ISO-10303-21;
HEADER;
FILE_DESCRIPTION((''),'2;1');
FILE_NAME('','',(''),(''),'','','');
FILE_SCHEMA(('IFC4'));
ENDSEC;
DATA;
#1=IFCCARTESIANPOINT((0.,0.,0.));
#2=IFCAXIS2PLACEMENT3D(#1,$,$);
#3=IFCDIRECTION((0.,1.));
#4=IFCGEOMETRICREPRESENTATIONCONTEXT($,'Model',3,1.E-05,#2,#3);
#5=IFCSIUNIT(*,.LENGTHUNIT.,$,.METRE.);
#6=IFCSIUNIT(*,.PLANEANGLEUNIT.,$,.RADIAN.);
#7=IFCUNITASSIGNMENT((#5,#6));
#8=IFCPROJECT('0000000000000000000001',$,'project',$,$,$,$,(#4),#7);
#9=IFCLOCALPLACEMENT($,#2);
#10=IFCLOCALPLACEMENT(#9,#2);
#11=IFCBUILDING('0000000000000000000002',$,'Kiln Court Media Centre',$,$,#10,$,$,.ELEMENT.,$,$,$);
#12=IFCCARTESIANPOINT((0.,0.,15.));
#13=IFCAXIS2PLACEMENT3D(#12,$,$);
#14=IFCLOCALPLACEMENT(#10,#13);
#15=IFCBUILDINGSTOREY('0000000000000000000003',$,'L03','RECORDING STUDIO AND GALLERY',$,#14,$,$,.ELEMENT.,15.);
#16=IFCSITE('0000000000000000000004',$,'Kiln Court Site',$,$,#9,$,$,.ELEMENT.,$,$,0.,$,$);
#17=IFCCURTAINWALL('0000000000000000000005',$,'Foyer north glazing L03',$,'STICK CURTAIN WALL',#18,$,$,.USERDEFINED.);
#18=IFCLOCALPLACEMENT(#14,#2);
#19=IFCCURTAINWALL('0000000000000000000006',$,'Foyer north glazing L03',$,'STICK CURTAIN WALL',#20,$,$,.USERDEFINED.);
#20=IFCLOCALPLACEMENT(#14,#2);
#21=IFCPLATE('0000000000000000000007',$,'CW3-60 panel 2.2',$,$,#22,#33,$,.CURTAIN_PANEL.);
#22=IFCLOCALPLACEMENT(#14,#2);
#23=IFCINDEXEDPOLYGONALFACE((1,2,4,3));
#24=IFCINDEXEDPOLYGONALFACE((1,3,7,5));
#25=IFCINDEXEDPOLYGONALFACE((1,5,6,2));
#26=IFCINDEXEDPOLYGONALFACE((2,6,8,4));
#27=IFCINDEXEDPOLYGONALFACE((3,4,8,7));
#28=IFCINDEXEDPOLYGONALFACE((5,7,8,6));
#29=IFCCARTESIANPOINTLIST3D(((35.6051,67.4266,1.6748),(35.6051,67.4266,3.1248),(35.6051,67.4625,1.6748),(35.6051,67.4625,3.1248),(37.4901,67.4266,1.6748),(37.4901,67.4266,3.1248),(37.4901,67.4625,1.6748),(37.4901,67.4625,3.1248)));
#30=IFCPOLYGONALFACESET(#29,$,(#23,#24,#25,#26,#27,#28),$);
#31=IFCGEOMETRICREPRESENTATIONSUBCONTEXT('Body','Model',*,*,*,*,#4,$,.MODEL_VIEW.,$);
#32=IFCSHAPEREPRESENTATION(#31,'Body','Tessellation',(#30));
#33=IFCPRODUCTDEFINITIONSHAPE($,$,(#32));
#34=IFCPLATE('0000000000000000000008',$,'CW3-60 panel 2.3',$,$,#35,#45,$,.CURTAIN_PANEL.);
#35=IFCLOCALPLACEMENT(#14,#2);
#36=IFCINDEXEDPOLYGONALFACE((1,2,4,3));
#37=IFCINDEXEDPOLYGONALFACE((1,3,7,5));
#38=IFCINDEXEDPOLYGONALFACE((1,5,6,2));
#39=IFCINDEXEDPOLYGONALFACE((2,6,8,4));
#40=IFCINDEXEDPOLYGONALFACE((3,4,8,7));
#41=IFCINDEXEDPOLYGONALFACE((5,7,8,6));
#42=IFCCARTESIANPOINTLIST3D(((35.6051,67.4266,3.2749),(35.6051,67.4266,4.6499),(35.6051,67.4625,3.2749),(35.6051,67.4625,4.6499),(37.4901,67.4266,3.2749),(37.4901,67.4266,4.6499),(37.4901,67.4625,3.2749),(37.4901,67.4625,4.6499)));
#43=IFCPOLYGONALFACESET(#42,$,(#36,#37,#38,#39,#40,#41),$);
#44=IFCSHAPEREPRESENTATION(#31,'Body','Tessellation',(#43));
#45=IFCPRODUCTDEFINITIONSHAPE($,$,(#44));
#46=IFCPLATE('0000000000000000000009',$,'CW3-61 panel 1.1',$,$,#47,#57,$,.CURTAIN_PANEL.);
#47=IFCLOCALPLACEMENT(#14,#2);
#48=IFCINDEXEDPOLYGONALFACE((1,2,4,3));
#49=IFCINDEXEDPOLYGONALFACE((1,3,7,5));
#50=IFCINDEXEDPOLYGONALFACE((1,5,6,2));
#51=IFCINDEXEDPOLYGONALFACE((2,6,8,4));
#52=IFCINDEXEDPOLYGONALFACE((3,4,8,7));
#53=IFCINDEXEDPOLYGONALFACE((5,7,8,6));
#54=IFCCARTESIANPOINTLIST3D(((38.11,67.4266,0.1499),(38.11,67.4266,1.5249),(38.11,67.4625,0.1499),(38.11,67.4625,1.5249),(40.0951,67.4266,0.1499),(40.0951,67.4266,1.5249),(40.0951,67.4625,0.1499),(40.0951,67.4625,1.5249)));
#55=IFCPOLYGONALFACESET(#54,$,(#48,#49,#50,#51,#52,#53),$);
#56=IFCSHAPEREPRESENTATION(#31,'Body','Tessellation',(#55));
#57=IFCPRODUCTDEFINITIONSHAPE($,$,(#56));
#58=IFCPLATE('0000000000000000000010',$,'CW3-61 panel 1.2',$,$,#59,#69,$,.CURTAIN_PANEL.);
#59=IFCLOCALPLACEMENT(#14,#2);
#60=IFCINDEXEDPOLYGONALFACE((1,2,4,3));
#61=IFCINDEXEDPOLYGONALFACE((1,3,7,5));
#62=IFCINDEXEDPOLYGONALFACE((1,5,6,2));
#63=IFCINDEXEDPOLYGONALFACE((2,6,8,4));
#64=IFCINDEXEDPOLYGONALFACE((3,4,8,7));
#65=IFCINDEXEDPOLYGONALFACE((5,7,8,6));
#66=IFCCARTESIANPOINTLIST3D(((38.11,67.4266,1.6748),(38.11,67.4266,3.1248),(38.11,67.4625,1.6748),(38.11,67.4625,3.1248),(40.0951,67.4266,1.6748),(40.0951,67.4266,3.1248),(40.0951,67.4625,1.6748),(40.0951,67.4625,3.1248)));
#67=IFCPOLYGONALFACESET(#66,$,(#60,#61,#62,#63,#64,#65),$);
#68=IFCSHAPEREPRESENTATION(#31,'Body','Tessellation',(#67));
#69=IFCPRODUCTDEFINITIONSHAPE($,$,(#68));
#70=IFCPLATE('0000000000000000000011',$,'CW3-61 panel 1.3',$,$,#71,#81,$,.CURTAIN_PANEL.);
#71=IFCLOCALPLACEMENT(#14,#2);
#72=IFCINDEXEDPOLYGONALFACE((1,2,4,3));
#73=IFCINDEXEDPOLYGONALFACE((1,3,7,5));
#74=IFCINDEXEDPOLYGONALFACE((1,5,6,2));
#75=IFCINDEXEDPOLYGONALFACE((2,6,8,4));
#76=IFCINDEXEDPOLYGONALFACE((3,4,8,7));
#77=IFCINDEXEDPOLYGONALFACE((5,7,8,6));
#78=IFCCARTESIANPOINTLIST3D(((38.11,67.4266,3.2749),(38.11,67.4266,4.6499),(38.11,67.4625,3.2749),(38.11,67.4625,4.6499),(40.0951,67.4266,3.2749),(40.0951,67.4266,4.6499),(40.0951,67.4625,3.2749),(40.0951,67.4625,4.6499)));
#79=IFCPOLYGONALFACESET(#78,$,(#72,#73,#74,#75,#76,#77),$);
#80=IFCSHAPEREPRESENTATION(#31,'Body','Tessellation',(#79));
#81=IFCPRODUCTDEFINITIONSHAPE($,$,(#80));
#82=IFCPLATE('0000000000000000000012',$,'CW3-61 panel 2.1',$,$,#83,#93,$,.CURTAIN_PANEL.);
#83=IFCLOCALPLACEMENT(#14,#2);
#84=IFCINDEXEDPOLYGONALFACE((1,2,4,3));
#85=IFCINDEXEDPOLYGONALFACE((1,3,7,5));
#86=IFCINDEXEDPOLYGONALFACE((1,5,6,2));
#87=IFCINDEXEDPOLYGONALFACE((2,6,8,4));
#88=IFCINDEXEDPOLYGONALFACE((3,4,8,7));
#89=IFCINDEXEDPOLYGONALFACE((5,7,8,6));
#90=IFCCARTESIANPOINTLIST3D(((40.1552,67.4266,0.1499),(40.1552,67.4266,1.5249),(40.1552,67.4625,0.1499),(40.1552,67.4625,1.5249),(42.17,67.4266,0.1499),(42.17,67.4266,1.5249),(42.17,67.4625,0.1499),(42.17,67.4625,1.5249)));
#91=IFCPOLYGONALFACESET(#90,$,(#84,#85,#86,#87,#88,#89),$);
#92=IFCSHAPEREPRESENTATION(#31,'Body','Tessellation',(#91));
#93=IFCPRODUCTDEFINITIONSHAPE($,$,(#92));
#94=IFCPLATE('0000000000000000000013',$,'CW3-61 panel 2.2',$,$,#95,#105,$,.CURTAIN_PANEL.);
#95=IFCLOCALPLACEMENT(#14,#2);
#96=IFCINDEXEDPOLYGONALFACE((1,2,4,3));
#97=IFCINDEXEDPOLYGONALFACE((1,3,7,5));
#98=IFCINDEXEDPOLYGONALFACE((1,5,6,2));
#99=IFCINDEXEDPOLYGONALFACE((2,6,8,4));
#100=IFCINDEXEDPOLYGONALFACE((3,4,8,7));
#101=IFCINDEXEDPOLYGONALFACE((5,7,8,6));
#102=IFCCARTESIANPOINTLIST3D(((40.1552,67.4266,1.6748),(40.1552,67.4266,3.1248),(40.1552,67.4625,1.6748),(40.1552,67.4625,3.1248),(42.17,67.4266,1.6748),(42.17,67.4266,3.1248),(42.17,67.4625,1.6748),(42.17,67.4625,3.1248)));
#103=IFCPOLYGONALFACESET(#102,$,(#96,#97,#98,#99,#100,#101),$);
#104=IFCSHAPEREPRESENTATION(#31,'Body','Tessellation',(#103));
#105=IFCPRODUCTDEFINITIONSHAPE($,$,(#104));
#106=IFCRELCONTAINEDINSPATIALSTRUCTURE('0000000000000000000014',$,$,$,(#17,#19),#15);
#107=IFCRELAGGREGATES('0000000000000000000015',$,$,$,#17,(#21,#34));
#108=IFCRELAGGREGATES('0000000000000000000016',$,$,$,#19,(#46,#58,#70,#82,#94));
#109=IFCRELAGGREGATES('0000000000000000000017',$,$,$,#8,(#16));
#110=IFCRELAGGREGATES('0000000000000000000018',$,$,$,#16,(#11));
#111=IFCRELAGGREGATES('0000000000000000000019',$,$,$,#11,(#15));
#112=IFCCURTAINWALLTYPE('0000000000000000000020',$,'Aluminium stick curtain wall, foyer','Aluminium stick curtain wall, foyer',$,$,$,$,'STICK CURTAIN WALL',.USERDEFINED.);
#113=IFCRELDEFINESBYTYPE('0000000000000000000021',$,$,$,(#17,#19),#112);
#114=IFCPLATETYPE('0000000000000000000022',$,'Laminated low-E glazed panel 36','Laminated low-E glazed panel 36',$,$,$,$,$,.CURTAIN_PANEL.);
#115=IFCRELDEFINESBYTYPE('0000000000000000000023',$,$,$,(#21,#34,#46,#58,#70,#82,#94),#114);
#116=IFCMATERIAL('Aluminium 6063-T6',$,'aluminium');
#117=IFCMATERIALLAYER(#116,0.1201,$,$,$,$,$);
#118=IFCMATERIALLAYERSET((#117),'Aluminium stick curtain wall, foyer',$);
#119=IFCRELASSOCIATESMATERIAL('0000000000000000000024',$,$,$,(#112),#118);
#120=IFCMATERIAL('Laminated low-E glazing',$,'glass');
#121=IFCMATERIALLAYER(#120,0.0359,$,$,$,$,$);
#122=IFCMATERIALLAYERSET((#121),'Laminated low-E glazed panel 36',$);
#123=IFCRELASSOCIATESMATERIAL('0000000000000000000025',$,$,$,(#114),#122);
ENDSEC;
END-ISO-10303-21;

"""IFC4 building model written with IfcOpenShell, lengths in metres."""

from ifc_helpers import new_model, si_unit, direction, frame, origin, origin_2d, place, context, subcontext, project, spatial, rectangle, extrude, material, layer, layer_set, type_object, element, aggregate, save


model = new_model("IFC4")

# Units and contexts
model_context = context("Model", 3, precision=1e-05, world=origin(), true_north=direction((0.0, 1.0)))
body_context = subcontext(model_context, "Body", "Model", "MODEL_VIEW")
ifc_project = project(units=[si_unit("LENGTHUNIT", "METRE"), si_unit("PLANEANGLEUNIT", "RADIAN")], contexts=[model_context])

# Site, building, storey
site_placement = place(None, origin())
site = spatial("IfcSite", under=ifc_project, at=site_placement, Name="Kiln Court Site", CompositionType="ELEMENT", RefElevation=0.0)
building_placement = place(site_placement, origin())
building = spatial("IfcBuilding", under=site, at=building_placement, Name="Kiln Court Media Centre", CompositionType="ELEMENT")
storey_placement = place(building_placement, frame((0.0, 0.0, 15.0)))
storey = spatial("IfcBuildingStorey", under=building, at=storey_placement, Name="L03", Description="RECORDING STUDIO AND GALLERY", CompositionType="ELEMENT", Elevation=15.0)

# Curtain wall
ifc_material_1 = material(Name="Aluminium 6063-T6", Category="aluminium")
ifc_layer_1 = layer(ifc_material_1, 0.1201)
ifc_layer_set_1 = layer_set([ifc_layer_1], Name="Aluminium stick curtain wall, foyer")
curtain_wall_type = type_object("IfcCurtainWallType", Name="Aluminium stick curtain wall, foyer", Description="Aluminium stick curtain wall, foyer", ElementType="STICK CURTAIN WALL", PredefinedType="USERDEFINED", material=ifc_layer_set_1)
curtain_wall_1_placement = place(storey_placement, origin())
curtain_wall_1 = element("IfcCurtainWall", 1, at=curtain_wall_1_placement, inside=storey, type_object=curtain_wall_type, Name="Foyer north glazing L03", ObjectType="STICK CURTAIN WALL", PredefinedType="USERDEFINED")

# Curtain wall
curtain_wall_2_placement = place(storey_placement, origin())
curtain_wall_2 = element("IfcCurtainWall", 2, at=curtain_wall_2_placement, inside=storey, type_object=curtain_wall_type, Name="Foyer north glazing L03", ObjectType="STICK CURTAIN WALL", PredefinedType="USERDEFINED")

# Plates
ifc_material_2 = material(Name="Laminated low-E glazing", Category="glass")
ifc_layer_2 = layer(ifc_material_2, 0.0359)
ifc_layer_set_2 = layer_set([ifc_layer_2], Name="Laminated low-E glazed panel 36")
plate_type = type_object("IfcPlateType", Name="Laminated low-E glazed panel 36", Description="Laminated low-E glazed panel 36", PredefinedType="CURTAIN_PANEL", material=ifc_layer_set_2)
plate_1_placement = place(storey_placement, frame((36.5476, 67.4446, 1.6748), z_axis=(0.0, 0.0, 1.0), x_axis=(1.0, 0.0, 0.0)))
plate_1 = element("IfcPlate", 3, at=plate_1_placement, type_object=plate_type, Name="CW3-60 panel 2.2", PredefinedType="CURTAIN_PANEL", context=body_context, shape_type="SweptSolid", body=[
    extrude(rectangle(XDim=1.885, YDim=0.0359, at=origin_2d()), origin(), (0.0, 0.0, 1.0), 1.45),
])
plate_2_placement = place(storey_placement, frame((36.5476, 67.4446, 3.2749), z_axis=(0.0, 0.0, 1.0), x_axis=(1.0, 0.0, 0.0)))
plate_2 = element("IfcPlate", 4, at=plate_2_placement, type_object=plate_type, Name="CW3-60 panel 2.3", PredefinedType="CURTAIN_PANEL", context=body_context, shape_type="SweptSolid", body=[
    extrude(rectangle(XDim=1.885, YDim=0.0359, at=origin_2d()), origin(), (0.0, 0.0, 1.0), 1.375),
])
aggregate(curtain_wall_1, [plate_1, plate_2])
plate_3_placement = place(storey_placement, frame((39.1025, 67.4446, 0.1499), z_axis=(0.0, 0.0, 1.0), x_axis=(1.0, 0.0, 0.0)))
plate_3 = element("IfcPlate", 5, at=plate_3_placement, type_object=plate_type, Name="CW3-61 panel 1.1", PredefinedType="CURTAIN_PANEL", context=body_context, shape_type="SweptSolid", body=[
    extrude(rectangle(XDim=1.9851, YDim=0.0359, at=origin_2d()), origin(), (0.0, 0.0, 1.0), 1.375),
])
plate_4_placement = place(storey_placement, frame((39.1025, 67.4446, 1.6748), z_axis=(0.0, 0.0, 1.0), x_axis=(1.0, 0.0, 0.0)))
plate_4 = element("IfcPlate", 6, at=plate_4_placement, type_object=plate_type, Name="CW3-61 panel 1.2", PredefinedType="CURTAIN_PANEL", context=body_context, shape_type="SweptSolid", body=[
    extrude(rectangle(XDim=1.9851, YDim=0.0359, at=origin_2d()), origin(), (0.0, 0.0, 1.0), 1.45),
])
plate_5_placement = place(storey_placement, frame((39.1025, 67.4446, 3.2749), z_axis=(0.0, 0.0, 1.0), x_axis=(1.0, 0.0, 0.0)))
plate_5 = element("IfcPlate", 7, at=plate_5_placement, type_object=plate_type, Name="CW3-61 panel 1.3", PredefinedType="CURTAIN_PANEL", context=body_context, shape_type="SweptSolid", body=[
    extrude(rectangle(XDim=1.9851, YDim=0.0359, at=origin_2d()), origin(), (0.0, 0.0, 1.0), 1.375),
])
plate_6_placement = place(storey_placement, frame((41.1626, 67.4446, 0.1499), z_axis=(0.0, 0.0, 1.0), x_axis=(1.0, 0.0, 0.0)))
plate_6 = element("IfcPlate", 8, at=plate_6_placement, type_object=plate_type, Name="CW3-61 panel 2.1", PredefinedType="CURTAIN_PANEL", context=body_context, shape_type="SweptSolid", body=[
    extrude(rectangle(XDim=2.0149, YDim=0.0359, at=origin_2d()), origin(), (0.0, 0.0, 1.0), 1.375),
])
plate_7_placement = place(storey_placement, frame((41.1626, 67.4446, 1.6748), z_axis=(0.0, 0.0, 1.0), x_axis=(1.0, 0.0, 0.0)))
plate_7 = element("IfcPlate", 9, at=plate_7_placement, type_object=plate_type, Name="CW3-61 panel 2.2", PredefinedType="CURTAIN_PANEL", context=body_context, shape_type="SweptSolid", body=[
    extrude(rectangle(XDim=2.0149, YDim=0.0359, at=origin_2d()), origin(), (0.0, 0.0, 1.0), 1.45),
])
aggregate(curtain_wall_2, [plate_3, plate_4, plate_5, plate_6, plate_7])

save(model, "model.ifc")
